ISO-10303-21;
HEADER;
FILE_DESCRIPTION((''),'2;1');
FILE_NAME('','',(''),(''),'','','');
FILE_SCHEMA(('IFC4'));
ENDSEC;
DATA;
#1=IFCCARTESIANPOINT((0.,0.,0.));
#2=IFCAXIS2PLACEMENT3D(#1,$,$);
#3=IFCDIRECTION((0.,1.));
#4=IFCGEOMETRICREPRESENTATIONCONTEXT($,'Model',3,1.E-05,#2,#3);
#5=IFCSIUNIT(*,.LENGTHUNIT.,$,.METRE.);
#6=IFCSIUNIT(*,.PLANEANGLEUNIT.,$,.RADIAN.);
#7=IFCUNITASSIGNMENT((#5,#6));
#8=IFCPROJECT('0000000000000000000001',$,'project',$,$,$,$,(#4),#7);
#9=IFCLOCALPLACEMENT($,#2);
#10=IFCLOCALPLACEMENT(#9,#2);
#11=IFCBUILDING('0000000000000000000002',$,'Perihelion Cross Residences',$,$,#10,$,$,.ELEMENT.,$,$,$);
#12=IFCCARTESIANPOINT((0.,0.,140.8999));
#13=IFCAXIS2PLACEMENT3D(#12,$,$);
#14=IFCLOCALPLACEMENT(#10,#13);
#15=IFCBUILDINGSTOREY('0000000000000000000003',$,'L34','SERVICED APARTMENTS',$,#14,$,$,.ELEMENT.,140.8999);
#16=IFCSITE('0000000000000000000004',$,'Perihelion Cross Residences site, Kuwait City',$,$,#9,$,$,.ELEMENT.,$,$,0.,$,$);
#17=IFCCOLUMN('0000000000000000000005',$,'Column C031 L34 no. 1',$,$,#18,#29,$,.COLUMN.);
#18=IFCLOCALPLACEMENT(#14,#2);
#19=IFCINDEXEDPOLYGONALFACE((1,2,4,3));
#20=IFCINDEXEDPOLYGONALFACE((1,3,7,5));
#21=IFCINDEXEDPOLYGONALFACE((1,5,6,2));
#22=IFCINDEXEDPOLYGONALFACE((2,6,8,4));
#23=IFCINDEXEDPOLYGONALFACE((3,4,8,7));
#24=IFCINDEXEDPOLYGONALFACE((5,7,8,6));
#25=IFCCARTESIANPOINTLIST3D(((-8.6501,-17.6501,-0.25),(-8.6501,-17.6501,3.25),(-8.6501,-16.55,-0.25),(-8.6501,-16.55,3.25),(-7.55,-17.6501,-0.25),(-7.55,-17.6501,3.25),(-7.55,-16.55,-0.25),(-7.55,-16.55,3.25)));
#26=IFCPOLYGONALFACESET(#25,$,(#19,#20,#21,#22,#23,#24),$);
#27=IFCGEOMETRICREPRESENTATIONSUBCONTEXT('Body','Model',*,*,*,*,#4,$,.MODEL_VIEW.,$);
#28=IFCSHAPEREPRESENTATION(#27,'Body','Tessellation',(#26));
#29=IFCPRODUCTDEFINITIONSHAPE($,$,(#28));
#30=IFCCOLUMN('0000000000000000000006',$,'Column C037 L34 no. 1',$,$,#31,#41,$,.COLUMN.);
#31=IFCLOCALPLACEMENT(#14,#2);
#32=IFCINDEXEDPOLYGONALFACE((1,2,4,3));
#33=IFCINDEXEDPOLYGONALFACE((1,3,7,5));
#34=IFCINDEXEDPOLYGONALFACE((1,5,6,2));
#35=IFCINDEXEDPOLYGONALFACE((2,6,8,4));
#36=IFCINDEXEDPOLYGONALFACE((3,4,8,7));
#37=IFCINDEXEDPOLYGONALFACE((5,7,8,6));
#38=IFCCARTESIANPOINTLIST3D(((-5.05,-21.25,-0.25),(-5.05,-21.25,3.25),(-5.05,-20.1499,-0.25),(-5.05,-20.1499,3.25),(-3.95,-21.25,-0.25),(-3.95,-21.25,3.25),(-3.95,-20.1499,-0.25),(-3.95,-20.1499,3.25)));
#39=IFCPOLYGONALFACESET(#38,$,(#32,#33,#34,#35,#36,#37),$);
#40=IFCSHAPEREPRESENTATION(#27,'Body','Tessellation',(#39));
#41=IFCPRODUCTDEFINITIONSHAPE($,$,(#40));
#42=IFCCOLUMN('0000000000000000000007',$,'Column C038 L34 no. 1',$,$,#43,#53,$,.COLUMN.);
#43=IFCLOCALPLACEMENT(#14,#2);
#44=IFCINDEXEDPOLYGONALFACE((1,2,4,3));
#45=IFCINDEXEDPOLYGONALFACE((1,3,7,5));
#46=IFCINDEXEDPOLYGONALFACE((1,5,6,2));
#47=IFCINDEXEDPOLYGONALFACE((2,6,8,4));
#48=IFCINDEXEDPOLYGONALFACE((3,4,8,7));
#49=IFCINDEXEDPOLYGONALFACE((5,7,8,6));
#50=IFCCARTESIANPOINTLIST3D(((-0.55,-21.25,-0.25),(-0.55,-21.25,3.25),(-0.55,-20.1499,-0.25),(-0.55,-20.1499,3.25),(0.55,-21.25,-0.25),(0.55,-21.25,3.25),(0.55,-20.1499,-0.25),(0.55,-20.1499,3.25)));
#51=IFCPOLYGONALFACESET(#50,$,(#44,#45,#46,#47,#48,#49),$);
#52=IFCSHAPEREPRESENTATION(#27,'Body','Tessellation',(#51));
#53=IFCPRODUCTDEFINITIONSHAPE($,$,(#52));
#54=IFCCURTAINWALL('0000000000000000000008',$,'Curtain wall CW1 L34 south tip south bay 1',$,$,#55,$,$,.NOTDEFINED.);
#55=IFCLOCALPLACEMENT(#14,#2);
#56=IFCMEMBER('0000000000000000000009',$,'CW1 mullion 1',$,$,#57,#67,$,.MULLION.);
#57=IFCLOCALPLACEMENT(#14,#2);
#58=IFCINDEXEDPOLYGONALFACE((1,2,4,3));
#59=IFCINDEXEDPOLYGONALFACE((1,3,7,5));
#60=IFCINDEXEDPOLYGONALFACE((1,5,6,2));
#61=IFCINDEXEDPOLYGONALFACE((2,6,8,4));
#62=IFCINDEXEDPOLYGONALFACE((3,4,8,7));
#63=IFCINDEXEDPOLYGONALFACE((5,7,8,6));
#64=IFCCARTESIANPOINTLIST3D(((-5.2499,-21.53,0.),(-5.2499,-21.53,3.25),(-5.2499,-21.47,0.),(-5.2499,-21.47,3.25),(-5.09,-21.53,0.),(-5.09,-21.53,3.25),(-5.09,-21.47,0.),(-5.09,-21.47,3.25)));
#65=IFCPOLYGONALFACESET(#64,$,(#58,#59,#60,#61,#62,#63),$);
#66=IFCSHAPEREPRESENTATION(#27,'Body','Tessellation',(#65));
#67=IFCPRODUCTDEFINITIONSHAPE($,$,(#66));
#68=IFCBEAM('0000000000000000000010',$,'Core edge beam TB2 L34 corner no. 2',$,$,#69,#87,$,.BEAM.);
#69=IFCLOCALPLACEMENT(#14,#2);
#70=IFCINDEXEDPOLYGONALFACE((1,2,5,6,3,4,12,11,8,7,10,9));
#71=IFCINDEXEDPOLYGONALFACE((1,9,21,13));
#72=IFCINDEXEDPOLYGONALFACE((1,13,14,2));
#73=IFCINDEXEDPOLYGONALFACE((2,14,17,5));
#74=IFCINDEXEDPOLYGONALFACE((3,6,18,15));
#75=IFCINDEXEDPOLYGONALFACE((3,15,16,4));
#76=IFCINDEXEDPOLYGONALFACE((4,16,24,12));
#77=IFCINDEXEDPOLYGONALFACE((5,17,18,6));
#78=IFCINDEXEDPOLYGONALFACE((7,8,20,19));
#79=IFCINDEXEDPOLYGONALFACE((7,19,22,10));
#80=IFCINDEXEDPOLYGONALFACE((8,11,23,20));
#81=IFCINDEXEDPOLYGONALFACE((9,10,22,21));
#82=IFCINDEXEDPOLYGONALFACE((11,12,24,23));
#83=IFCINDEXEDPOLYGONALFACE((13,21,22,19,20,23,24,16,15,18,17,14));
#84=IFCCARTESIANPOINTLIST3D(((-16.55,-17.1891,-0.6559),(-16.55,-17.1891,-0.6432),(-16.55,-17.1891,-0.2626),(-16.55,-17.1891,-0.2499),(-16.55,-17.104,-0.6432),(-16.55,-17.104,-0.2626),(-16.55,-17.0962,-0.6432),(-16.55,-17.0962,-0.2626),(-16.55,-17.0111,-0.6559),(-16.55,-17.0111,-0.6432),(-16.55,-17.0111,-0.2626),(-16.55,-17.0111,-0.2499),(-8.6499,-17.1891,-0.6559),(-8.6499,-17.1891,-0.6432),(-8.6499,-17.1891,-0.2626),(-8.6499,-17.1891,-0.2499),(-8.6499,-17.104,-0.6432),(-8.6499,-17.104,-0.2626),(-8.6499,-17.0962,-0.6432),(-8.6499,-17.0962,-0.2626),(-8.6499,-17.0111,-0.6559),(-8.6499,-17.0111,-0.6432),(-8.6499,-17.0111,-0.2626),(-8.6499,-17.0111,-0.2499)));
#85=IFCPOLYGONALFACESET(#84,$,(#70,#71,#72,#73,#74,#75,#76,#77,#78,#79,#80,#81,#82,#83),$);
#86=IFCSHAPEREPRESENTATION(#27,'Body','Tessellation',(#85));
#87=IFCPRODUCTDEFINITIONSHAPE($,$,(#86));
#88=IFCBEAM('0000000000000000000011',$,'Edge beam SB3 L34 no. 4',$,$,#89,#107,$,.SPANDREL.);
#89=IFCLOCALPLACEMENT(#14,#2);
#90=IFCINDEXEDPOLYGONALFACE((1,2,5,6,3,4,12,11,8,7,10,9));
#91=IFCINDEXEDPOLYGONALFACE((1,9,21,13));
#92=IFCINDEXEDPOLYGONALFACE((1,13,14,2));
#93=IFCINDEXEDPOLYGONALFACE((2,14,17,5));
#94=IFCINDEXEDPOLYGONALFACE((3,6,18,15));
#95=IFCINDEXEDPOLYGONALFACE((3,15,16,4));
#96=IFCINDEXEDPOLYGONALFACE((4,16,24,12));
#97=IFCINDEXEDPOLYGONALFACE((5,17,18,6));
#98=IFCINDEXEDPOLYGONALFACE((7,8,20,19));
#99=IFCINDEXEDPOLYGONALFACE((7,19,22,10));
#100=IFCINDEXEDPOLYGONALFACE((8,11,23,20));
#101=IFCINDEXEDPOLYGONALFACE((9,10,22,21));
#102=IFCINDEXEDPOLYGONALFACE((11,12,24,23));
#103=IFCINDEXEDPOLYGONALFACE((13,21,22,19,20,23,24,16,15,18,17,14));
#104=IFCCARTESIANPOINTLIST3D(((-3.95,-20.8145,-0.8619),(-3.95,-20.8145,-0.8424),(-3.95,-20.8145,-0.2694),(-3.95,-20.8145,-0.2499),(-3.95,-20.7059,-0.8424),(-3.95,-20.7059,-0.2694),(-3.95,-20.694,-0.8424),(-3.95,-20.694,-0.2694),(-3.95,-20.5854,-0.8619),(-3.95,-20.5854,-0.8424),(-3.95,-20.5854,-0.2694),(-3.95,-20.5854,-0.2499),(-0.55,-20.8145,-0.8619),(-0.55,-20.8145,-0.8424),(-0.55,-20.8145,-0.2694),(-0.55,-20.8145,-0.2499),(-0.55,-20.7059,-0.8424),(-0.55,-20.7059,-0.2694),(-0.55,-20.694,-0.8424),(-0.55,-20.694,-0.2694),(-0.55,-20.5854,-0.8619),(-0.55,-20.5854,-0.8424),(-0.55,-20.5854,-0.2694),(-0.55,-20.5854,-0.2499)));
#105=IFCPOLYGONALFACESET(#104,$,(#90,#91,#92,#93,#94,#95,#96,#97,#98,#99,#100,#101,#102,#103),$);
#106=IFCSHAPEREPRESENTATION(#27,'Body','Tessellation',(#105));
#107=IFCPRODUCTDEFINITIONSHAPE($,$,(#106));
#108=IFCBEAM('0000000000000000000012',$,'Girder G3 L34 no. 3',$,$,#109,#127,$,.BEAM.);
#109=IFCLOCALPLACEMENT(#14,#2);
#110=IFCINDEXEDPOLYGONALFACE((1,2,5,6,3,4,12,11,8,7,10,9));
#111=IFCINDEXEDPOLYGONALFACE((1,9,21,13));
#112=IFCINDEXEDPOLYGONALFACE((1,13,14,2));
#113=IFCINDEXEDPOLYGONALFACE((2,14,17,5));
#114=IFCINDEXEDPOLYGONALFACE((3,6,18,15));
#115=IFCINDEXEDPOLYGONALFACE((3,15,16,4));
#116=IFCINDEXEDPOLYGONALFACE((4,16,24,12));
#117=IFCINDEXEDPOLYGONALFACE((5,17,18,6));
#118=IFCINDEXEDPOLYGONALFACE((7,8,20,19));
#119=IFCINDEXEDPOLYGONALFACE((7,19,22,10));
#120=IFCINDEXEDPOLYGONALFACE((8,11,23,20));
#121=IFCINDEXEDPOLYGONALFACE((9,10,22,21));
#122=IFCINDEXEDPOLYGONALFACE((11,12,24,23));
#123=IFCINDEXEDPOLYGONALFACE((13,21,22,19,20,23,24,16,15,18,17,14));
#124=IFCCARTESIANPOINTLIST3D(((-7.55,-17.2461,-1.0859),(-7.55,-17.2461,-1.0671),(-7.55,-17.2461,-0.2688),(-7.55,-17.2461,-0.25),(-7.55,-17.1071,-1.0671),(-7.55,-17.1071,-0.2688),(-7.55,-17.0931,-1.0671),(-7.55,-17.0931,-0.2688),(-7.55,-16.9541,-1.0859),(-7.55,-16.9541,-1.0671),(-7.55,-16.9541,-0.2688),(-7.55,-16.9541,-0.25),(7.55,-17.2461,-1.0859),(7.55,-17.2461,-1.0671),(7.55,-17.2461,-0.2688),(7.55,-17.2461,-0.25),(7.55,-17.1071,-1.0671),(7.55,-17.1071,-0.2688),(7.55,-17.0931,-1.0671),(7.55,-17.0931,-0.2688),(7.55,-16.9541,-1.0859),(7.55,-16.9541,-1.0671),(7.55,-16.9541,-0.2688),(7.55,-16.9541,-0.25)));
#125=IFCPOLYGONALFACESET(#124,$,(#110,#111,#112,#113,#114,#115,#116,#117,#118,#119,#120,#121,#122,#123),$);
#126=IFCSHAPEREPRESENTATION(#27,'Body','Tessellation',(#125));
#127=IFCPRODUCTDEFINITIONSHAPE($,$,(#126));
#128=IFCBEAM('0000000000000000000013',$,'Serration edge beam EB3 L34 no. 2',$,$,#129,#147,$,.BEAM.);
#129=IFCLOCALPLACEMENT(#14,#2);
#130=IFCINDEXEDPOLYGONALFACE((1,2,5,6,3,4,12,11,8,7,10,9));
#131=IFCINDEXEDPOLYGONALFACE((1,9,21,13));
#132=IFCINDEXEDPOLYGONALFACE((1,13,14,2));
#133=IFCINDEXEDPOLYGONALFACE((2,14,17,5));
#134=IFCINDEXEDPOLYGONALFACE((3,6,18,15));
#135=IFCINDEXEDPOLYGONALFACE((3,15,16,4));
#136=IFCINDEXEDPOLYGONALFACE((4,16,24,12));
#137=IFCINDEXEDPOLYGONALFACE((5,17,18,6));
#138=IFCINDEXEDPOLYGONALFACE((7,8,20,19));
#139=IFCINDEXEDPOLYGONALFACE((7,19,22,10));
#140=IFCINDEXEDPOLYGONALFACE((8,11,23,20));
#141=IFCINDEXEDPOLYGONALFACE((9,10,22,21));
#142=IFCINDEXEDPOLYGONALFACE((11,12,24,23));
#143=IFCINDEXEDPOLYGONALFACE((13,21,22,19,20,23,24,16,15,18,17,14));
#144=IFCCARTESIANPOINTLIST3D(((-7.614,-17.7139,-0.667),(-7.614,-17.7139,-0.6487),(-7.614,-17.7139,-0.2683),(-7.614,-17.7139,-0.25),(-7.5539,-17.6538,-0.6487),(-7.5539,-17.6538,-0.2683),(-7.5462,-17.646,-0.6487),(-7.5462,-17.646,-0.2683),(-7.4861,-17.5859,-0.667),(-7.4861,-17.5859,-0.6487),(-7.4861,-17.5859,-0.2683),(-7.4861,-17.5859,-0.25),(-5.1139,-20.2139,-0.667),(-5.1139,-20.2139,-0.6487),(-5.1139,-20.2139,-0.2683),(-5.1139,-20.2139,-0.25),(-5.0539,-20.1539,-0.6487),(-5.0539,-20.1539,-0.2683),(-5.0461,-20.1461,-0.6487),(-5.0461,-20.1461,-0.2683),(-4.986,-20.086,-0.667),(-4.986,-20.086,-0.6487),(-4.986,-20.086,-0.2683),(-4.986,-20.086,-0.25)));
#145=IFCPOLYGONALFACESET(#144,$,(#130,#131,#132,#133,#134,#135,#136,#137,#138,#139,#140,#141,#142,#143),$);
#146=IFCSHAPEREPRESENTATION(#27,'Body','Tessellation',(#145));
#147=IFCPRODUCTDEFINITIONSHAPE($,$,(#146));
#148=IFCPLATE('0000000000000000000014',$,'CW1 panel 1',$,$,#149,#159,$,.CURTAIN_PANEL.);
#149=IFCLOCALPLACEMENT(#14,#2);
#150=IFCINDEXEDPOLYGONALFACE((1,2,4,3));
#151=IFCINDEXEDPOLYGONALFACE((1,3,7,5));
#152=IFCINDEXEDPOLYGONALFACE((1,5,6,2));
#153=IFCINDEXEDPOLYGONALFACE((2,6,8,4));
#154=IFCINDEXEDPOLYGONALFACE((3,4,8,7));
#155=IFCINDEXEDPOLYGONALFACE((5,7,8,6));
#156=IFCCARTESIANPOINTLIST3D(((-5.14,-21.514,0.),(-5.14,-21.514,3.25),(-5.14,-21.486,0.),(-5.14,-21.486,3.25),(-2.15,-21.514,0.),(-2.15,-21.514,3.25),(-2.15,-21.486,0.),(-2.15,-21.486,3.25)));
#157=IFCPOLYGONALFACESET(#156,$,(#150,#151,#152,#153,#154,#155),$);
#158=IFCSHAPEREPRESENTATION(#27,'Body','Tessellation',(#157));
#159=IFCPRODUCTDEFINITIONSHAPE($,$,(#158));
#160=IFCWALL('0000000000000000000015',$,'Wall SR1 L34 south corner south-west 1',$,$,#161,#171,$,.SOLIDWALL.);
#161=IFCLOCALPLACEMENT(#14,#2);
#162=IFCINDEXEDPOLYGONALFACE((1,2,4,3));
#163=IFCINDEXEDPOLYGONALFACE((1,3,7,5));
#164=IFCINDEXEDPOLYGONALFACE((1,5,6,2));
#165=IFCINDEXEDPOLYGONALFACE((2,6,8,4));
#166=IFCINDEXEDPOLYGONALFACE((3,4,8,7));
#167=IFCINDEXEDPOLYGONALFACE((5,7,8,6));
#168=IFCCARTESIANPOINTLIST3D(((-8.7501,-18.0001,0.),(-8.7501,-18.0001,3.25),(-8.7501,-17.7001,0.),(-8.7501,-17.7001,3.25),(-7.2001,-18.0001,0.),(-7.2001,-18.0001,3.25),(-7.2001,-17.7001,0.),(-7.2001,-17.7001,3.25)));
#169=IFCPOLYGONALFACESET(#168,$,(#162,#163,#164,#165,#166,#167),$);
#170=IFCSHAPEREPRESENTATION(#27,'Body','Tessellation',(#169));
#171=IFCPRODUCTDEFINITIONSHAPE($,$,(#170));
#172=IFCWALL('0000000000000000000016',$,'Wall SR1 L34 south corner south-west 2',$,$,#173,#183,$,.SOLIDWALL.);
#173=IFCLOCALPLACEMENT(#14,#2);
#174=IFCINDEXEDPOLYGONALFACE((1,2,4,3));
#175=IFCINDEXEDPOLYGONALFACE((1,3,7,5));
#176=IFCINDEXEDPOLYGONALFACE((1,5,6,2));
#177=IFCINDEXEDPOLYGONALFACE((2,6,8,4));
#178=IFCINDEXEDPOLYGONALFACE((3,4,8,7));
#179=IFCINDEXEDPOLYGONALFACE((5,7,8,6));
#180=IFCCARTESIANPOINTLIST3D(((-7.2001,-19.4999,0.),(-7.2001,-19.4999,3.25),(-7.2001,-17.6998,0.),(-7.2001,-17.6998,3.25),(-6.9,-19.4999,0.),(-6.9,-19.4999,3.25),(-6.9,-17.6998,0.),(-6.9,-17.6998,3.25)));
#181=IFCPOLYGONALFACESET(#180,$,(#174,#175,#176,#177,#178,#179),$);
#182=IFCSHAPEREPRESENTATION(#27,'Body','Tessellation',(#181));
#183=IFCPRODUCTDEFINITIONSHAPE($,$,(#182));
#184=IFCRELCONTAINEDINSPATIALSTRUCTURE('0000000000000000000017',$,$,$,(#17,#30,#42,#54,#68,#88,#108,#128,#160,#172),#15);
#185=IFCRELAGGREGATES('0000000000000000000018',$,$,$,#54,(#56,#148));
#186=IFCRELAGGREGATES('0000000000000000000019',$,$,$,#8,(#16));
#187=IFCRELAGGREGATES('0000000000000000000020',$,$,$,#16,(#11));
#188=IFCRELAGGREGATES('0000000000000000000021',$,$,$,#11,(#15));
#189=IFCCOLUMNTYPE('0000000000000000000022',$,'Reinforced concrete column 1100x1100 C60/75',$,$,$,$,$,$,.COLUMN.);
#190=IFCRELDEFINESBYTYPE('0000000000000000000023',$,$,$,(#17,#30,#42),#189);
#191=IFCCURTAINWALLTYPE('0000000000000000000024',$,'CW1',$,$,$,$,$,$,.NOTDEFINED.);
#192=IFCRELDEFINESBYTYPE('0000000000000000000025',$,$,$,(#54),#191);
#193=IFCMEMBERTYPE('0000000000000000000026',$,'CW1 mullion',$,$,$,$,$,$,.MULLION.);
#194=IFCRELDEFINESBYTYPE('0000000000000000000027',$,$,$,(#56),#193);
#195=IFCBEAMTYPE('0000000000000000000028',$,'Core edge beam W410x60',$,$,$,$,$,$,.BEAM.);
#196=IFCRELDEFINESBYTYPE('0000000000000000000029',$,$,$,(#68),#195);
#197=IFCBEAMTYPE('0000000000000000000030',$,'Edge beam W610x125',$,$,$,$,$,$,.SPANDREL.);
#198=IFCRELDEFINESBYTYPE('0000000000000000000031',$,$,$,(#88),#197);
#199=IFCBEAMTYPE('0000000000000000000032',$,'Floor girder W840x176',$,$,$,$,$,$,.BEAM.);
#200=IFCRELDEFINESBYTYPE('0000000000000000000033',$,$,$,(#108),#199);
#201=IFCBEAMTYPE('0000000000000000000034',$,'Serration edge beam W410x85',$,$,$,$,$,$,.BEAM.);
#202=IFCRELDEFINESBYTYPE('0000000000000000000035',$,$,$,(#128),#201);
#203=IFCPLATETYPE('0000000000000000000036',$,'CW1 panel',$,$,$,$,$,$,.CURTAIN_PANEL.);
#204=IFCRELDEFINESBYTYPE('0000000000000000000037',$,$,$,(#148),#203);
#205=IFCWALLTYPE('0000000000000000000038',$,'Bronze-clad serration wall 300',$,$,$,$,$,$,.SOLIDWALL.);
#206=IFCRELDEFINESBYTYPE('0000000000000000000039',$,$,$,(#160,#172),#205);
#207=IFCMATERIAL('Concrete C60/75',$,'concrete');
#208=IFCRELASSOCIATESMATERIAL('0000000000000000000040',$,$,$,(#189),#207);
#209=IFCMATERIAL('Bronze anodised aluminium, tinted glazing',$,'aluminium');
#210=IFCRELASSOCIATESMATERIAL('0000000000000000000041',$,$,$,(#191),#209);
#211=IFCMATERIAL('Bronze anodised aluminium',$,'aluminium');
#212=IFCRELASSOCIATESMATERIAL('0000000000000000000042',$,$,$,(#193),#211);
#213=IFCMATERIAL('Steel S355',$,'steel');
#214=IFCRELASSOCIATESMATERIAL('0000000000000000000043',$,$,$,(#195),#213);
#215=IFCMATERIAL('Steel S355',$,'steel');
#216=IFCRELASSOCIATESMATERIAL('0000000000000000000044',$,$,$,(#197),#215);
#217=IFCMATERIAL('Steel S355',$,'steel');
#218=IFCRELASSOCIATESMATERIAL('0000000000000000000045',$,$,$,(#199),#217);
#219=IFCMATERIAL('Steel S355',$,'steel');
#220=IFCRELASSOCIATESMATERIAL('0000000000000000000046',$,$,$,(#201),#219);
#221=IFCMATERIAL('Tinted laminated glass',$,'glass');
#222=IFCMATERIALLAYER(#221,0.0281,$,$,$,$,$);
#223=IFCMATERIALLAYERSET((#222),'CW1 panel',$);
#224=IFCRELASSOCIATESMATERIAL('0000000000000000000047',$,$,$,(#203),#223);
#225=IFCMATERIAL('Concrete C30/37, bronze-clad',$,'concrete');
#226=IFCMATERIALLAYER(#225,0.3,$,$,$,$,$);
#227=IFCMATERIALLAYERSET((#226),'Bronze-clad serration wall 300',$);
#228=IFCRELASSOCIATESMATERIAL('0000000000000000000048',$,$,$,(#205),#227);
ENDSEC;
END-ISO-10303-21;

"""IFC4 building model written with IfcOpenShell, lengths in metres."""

from ifc_helpers import new_model, si_unit, direction, frame, frame_2d, origin, origin_2d, place, context, subcontext, project, spatial, rectangle, i_section, extrude, material, layer, layer_set, material_profile, profile_set, type_object, element, aggregate, save


model = new_model("IFC4")

# Units and contexts
model_context = context("Model", 3, precision=1e-05, world=origin(), true_north=direction((0.0, 1.0)))
body_context = subcontext(model_context, "Body", "Model", "MODEL_VIEW")
ifc_project = project(units=[si_unit("LENGTHUNIT", "METRE"), si_unit("PLANEANGLEUNIT", "RADIAN")], contexts=[model_context])

# Site, building, storey
site_placement = place(None, origin())
site = spatial("IfcSite", under=ifc_project, at=site_placement, Name="Perihelion Cross Residences site, Kuwait City", CompositionType="ELEMENT", RefElevation=0.0)
building_placement = place(site_placement, origin())
building = spatial("IfcBuilding", under=site, at=building_placement, Name="Perihelion Cross Residences", CompositionType="ELEMENT")
storey_placement = place(building_placement, frame((0.0, 0.0, 140.8999)))
storey = spatial("IfcBuildingStorey", under=building, at=storey_placement, Name="L34", Description="SERVICED APARTMENTS", CompositionType="ELEMENT", Elevation=140.8999)

# Columns
ifc_material_1 = material(Name="Concrete C60/75", Category="concrete")
ifc_material_profile_1 = material_profile(ifc_material_1, rectangle(XDim=1.1001, YDim=1.1001, at=origin_2d()), Name="RC 1100x1100")
ifc_profile_set_1 = profile_set([ifc_material_profile_1], Name="Concrete C60/75")
column_type = type_object("IfcColumnType", Name="Reinforced concrete column 1100x1100 C60/75", PredefinedType="COLUMN", material=ifc_profile_set_1)
for number, where, z_axis, x_axis, name in (
    (1, (-8.1001, -17.1001, -0.25), (0.0, 0.0, 1.0), (1.0, 0.0, 0.0), "Column C031 L34 no. 1"),
    (2, (-4.5, -20.7, -0.25), (0.0, 0.0, 1.0), (1.0, 0.0, 0.0), "Column C037 L34 no. 1"),
    (3, (0.0, -20.7, -0.25), (0.0, 0.0, 1.0), (1.0, 0.0, 0.0), "Column C038 L34 no. 1"),
):
    element("IfcColumn", number, at=place(storey_placement, frame(where, z_axis=z_axis, x_axis=x_axis)), inside=storey, type_object=column_type, Name=name, PredefinedType="COLUMN", context=body_context, shape_type="SweptSolid", body=[
        extrude(rectangle(XDim=1.1001, YDim=1.1001, at=origin_2d()), origin(), (0.0, 0.0, 1.0), 3.5),
    ])

# Curtain wall, member
ifc_material_2 = material(Name="Bronze anodised aluminium, tinted glazing", Category="aluminium")
curtain_wall_type = type_object("IfcCurtainWallType", Name="CW1", PredefinedType="NOTDEFINED", material=ifc_material_2)
curtain_wall_placement = place(storey_placement, origin())
curtain_wall = element("IfcCurtainWall", 4, at=curtain_wall_placement, inside=storey, type_object=curtain_wall_type, Name="Curtain wall CW1 L34 south tip south bay 1", PredefinedType="NOTDEFINED")
ifc_material_3 = material(Name="Bronze anodised aluminium", Category="aluminium")
ifc_material_profile_2 = material_profile(ifc_material_3, rectangle(XDim=0.0601, YDim=0.1599, at=origin_2d()), Name="CW1 mullion")
ifc_profile_set_2 = profile_set([ifc_material_profile_2], Name="Bronze anodised aluminium")
member_type = type_object("IfcMemberType", Name="CW1 mullion", PredefinedType="MULLION", material=ifc_profile_set_2)
member_placement = place(storey_placement, frame((-5.1699, -21.5, 0.0), z_axis=(0.0, 0.0, 1.0), x_axis=(0.0, 1.0, 0.0)))
member = element("IfcMember", 5, at=member_placement, type_object=member_type, Name="CW1 mullion 1", PredefinedType="MULLION", context=body_context, shape_type="SweptSolid", body=[
    extrude(rectangle(XDim=0.0601, YDim=0.1599, at=origin_2d()), origin(), (0.0, 0.0, 1.0), 3.25),
])

# Beams
ifc_material_4 = material(Name="Steel S355", Category="steel")
ifc_material_profile_3 = material_profile(ifc_material_4, i_section(OverallWidth=0.178, OverallDepth=0.406, WebThickness=0.0078, FlangeThickness=0.0127, at=origin_2d()), Name="W410x60")
ifc_profile_set_3 = profile_set([ifc_material_profile_3], Name="Steel S355")
beam_type_1 = type_object("IfcBeamType", Name="Core edge beam W410x60", PredefinedType="BEAM", material=ifc_profile_set_3)
beam_1_placement = place(storey_placement, frame((-8.6499, -17.1001, -0.4529), z_axis=(-1.0, 0.0, 0.0), x_axis=(0.0, -1.0, 0.0)))
element("IfcBeam", 6, at=beam_1_placement, inside=storey, type_object=beam_type_1, Name="Core edge beam TB2 L34 corner no. 2", PredefinedType="BEAM", context=body_context, shape_type="SweptSolid", body=[
    extrude(i_section(OverallWidth=0.178, OverallDepth=0.406, WebThickness=0.0078, FlangeThickness=0.0127, at=origin_2d()), origin(), (0.0, 0.0, 1.0), 7.9001),
])
ifc_material_5 = material(Name="Steel S355", Category="steel")
ifc_material_profile_4 = material_profile(ifc_material_5, i_section(OverallWidth=0.229, OverallDepth=0.6121, WebThickness=0.012, FlangeThickness=0.0195, at=origin_2d()), Name="W610x125")
ifc_profile_set_4 = profile_set([ifc_material_profile_4], Name="Steel S355")
beam_type_2 = type_object("IfcBeamType", Name="Edge beam W610x125", PredefinedType="SPANDREL", material=ifc_profile_set_4)
beam_2_placement = place(storey_placement, frame((-3.95, -20.7, -0.5559), z_axis=(1.0, 0.0, 0.0), x_axis=(0.0, 1.0, 0.0)))
element("IfcBeam", 7, at=beam_2_placement, inside=storey, type_object=beam_type_2, Name="Edge beam SB3 L34 no. 4", PredefinedType="SPANDREL", context=body_context, shape_type="SweptSolid", body=[
    extrude(i_section(OverallWidth=0.229, OverallDepth=0.6121, WebThickness=0.012, FlangeThickness=0.0195, at=origin_2d()), origin(), (0.0, 0.0, 1.0), 3.3999),
])
ifc_material_6 = material(Name="Steel S355", Category="steel")
ifc_material_profile_5 = material_profile(ifc_material_6, i_section(OverallWidth=0.292, OverallDepth=0.8359, WebThickness=0.0139, FlangeThickness=0.0188, at=origin_2d()), Name="W840x176")
ifc_profile_set_5 = profile_set([ifc_material_profile_5], Name="Steel S355")
beam_type_3 = type_object("IfcBeamType", Name="Floor girder W840x176", PredefinedType="BEAM", material=ifc_profile_set_5)
beam_3_placement = place(storey_placement, frame((-7.55, -17.1001, -0.668), z_axis=(1.0, 0.0, 0.0), x_axis=(0.0, 1.0, 0.0)))
element("IfcBeam", 8, at=beam_3_placement, inside=storey, type_object=beam_type_3, Name="Girder G3 L34 no. 3", PredefinedType="BEAM", context=body_context, shape_type="SweptSolid", body=[
    extrude(i_section(OverallWidth=0.292, OverallDepth=0.8359, WebThickness=0.0139, FlangeThickness=0.0188, at=origin_2d()), origin(), (0.0, 0.0, 1.0), 15.1001),
])
ifc_material_7 = material(Name="Steel S355", Category="steel")
ifc_material_profile_6 = material_profile(ifc_material_7, i_section(OverallWidth=0.1809, OverallDepth=0.417, WebThickness=0.011, FlangeThickness=0.0183, at=origin_2d()), Name="W410x85")
ifc_profile_set_6 = profile_set([ifc_material_profile_6], Name="Steel S355")
beam_type_4 = type_object("IfcBeamType", Name="Serration edge beam W410x85", PredefinedType="BEAM", material=ifc_profile_set_6)
beam_4_placement = place(storey_placement, frame((-7.55, -17.6499, -0.4585), z_axis=(0.707107, -0.707107, 0.0), x_axis=(0.707107, 0.707107, 0.0)))
element("IfcBeam", 9, at=beam_4_placement, inside=storey, type_object=beam_type_4, Name="Serration edge beam EB3 L34 no. 2", PredefinedType="BEAM", context=body_context, shape_type="SweptSolid", body=[
    extrude(i_section(OverallWidth=0.1809, OverallDepth=0.417, WebThickness=0.011, FlangeThickness=0.0183, at=origin_2d()), origin(), (0.0, 0.0, 1.0), 3.5356),
])

# Plate
ifc_material_8 = material(Name="Tinted laminated glass", Category="glass")
ifc_layer_1 = layer(ifc_material_8, 0.0281)
ifc_layer_set_1 = layer_set([ifc_layer_1], Name="CW1 panel")
plate_type = type_object("IfcPlateType", Name="CW1 panel", PredefinedType="CURTAIN_PANEL", material=ifc_layer_set_1)
plate_placement = place(storey_placement, frame((-3.645, -21.5, 0.0), z_axis=(0.0, 0.0, 1.0), x_axis=(1.0, 0.0, 0.0)))
plate = element("IfcPlate", 10, at=plate_placement, type_object=plate_type, Name="CW1 panel 1", PredefinedType="CURTAIN_PANEL", context=body_context, shape_type="SweptSolid", body=[
    extrude(rectangle(XDim=2.99, YDim=0.0281, at=origin_2d()), origin(), (0.0, 0.0, 1.0), 3.25),
])
aggregate(curtain_wall, [member, plate])

# Walls
ifc_material_9 = material(Name="Concrete C30/37, bronze-clad", Category="concrete")
ifc_layer_2 = layer(ifc_material_9, 0.3)
ifc_layer_set_2 = layer_set([ifc_layer_2], Name="Bronze-clad serration wall 300")
wall_type_1 = type_object("IfcWallType", Name="Bronze-clad serration wall 300", PredefinedType="SOLIDWALL", material=ifc_layer_set_2)
wall_1_placement = place(storey_placement, frame((-8.75, -17.8501, 0.0), z_axis=(0.0, 0.0, 1.0), x_axis=(1.0, 0.0, 0.0)))
element("IfcWall", 11, at=wall_1_placement, inside=storey, type_object=wall_type_1, Name="Wall SR1 L34 south corner south-west 1", PredefinedType="SOLIDWALL", context=body_context, shape_type="SweptSolid", body=[
    extrude(rectangle(XDim=1.55, YDim=0.3, at=frame_2d((0.7749, 0.0))), origin(), (0.0, 0.0, 1.0), 3.25),
])
for number, where, z_axis, x_axis, name in (
    (12, (-7.05, -17.7, 0.0), (0.0, 0.0, 1.0), (0.0, -1.0, 0.0), "Wall SR1 L34 south corner south-west 2"),
):
    element("IfcWall", number, at=place(storey_placement, frame(where, z_axis=z_axis, x_axis=x_axis)), inside=storey, type_object=wall_type_1, Name=name, PredefinedType="SOLIDWALL", context=body_context, shape_type="SweptSolid", body=[
        extrude(rectangle(XDim=1.8, YDim=0.3, at=frame_2d((0.8999, 0.0))), origin(), (0.0, 0.0, 1.0), 3.25),
    ])

save(model, "model.ifc")
